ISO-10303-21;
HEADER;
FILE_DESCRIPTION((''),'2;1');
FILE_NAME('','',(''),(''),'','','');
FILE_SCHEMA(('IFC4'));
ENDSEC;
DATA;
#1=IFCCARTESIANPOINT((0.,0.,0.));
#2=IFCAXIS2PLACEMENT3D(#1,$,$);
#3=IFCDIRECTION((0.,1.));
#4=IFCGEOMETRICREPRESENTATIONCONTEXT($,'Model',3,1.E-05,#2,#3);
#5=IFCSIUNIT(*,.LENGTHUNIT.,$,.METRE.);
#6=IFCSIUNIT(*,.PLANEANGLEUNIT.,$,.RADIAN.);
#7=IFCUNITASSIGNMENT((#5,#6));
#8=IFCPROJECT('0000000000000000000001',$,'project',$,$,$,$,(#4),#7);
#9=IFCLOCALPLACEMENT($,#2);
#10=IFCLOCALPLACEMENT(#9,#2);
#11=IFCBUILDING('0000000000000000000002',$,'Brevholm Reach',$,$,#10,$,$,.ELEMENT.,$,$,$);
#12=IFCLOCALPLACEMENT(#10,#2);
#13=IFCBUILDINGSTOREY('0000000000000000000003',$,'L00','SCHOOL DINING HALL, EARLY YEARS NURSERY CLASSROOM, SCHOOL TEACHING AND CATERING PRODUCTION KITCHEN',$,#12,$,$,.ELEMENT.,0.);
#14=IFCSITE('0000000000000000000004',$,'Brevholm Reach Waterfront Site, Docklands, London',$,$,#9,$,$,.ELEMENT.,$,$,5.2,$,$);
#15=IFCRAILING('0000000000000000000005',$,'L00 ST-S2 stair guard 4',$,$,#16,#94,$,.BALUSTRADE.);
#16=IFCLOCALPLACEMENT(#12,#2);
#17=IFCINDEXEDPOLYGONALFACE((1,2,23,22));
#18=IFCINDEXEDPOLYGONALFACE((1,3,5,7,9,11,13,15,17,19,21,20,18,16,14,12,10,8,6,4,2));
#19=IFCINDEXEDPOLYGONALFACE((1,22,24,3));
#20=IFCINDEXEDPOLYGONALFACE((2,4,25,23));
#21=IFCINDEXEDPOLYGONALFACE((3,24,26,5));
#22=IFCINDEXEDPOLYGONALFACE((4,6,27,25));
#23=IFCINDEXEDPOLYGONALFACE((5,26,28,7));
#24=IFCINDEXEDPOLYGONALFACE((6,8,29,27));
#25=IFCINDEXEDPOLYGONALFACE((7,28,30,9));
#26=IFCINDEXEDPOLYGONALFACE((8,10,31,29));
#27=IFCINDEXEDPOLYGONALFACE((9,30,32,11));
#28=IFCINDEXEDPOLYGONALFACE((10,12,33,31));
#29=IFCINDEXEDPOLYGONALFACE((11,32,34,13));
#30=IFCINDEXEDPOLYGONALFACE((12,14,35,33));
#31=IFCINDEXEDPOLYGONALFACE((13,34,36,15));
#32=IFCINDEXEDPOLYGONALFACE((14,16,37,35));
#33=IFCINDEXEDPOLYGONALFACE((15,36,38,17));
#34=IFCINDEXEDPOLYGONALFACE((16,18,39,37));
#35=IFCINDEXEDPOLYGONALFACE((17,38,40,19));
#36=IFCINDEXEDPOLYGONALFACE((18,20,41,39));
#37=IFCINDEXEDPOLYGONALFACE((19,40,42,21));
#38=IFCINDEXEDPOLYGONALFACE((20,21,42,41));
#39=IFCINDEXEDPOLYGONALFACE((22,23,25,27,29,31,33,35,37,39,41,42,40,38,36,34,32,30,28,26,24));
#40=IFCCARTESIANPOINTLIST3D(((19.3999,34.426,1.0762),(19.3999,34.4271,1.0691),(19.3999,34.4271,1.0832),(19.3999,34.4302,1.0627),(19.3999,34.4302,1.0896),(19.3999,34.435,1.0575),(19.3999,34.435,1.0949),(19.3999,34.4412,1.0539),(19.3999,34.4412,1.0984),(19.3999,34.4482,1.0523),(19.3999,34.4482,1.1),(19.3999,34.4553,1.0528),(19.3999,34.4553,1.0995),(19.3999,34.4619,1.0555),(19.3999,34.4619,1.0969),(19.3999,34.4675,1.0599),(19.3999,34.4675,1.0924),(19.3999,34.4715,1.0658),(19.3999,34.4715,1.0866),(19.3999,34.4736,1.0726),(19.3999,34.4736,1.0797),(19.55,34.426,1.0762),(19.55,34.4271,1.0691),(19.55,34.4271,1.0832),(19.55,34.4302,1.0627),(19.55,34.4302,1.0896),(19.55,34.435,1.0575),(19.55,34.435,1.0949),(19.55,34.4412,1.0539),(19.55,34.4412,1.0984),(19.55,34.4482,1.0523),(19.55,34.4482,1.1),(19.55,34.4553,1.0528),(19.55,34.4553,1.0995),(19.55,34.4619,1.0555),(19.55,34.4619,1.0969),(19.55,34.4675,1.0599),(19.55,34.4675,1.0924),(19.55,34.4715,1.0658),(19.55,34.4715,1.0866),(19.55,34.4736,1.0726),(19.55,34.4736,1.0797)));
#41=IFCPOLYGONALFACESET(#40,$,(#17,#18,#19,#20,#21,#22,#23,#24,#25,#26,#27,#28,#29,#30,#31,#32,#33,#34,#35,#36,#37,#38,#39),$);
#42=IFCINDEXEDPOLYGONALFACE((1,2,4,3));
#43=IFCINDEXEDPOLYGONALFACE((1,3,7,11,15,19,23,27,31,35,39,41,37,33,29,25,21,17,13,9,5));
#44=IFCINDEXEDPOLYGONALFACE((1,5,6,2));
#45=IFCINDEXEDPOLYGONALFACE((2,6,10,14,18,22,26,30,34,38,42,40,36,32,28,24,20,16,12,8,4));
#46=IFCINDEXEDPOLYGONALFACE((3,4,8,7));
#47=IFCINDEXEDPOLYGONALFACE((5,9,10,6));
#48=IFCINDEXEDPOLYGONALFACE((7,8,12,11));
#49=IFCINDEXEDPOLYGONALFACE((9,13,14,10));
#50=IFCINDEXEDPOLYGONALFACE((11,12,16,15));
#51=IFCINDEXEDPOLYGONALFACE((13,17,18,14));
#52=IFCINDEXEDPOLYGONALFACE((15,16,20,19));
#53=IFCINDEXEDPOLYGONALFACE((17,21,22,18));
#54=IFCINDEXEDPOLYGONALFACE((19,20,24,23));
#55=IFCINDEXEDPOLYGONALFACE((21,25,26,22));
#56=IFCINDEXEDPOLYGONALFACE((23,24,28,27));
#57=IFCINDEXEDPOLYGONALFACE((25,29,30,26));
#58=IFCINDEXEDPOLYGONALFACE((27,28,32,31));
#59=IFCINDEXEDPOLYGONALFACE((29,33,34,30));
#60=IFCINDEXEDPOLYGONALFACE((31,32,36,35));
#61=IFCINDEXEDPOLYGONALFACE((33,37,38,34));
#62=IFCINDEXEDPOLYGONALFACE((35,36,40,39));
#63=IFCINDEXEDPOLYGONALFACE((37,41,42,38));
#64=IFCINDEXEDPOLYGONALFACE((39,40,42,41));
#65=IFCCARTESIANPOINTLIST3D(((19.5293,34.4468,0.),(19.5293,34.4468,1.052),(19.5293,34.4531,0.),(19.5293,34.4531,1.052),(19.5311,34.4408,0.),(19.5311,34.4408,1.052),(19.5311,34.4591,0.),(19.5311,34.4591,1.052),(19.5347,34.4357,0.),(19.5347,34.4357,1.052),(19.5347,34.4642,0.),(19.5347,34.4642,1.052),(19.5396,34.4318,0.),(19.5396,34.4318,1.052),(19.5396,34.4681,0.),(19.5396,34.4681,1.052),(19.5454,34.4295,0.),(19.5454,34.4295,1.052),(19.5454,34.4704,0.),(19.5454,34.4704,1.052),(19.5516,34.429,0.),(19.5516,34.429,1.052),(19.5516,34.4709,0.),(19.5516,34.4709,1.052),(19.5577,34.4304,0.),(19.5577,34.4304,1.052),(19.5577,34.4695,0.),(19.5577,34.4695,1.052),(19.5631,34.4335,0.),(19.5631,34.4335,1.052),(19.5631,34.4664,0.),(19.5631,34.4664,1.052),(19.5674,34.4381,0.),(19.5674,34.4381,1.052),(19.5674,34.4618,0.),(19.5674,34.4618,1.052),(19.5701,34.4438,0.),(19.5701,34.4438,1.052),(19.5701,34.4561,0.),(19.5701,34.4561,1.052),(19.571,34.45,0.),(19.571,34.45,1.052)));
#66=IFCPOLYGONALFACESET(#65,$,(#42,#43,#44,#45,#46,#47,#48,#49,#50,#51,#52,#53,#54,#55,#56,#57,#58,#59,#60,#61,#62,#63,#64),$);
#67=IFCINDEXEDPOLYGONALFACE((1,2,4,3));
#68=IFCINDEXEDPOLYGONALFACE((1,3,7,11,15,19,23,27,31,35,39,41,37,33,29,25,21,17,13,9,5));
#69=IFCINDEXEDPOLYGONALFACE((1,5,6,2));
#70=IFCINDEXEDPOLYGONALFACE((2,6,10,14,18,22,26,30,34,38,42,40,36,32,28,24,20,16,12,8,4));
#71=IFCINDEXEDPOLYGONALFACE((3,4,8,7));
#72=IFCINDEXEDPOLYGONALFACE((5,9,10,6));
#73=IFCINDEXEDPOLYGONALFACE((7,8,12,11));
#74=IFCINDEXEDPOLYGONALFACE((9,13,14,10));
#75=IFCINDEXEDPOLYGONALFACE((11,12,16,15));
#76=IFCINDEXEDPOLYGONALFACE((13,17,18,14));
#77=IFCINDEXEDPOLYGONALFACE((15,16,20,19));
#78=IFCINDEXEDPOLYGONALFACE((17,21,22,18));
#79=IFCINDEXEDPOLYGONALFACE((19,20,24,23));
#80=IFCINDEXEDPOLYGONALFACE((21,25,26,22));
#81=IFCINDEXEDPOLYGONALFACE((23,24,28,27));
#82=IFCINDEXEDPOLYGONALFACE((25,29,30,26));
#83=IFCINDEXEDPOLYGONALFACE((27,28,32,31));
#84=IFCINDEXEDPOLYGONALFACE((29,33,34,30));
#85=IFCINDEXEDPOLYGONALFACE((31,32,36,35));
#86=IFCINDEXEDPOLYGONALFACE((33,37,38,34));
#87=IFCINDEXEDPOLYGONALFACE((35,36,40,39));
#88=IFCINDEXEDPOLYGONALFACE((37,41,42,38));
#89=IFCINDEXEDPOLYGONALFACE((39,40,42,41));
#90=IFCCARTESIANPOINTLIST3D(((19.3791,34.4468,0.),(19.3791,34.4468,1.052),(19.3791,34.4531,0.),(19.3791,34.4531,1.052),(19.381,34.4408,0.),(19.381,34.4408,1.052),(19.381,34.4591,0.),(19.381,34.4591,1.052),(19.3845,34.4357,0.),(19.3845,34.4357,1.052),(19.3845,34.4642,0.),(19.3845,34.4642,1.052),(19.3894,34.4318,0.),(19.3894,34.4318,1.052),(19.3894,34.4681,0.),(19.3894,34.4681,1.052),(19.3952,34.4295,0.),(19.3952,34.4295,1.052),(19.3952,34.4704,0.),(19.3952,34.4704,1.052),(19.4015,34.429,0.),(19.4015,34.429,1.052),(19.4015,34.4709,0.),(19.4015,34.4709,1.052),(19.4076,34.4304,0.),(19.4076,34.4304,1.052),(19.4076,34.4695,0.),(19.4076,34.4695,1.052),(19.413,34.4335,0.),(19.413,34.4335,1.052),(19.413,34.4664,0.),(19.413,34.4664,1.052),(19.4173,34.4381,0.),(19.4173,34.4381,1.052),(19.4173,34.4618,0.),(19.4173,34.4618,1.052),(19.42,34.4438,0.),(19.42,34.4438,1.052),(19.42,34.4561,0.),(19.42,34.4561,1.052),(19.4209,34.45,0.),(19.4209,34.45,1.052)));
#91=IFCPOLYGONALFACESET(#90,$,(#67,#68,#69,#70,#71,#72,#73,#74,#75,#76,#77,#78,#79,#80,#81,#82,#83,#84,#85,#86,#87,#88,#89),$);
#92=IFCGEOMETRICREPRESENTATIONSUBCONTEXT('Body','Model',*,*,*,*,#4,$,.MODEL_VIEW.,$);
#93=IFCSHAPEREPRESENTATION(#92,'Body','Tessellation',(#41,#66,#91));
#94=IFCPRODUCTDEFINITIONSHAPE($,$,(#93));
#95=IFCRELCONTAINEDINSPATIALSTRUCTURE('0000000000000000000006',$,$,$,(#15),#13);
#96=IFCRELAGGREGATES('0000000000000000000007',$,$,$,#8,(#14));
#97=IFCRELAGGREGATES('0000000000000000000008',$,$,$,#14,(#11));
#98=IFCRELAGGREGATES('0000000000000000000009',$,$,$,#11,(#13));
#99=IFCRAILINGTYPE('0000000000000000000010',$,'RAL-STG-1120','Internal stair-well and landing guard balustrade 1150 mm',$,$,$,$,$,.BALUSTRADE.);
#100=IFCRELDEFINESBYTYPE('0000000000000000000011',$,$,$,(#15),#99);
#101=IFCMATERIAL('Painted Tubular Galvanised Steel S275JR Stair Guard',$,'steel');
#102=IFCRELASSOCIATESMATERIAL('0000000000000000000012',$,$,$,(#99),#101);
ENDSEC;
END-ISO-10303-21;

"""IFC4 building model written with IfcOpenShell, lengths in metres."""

from ifc_helpers import new_model, si_unit, direction, frame, origin, origin_2d, place, context, subcontext, project, spatial, circle, extrude, material, type_object, element, save


model = new_model("IFC4")

# Units and contexts
model_context = context("Model", 3, precision=1e-05, world=origin(), true_north=direction((0.0, 1.0)))
body_context = subcontext(model_context, "Body", "Model", "MODEL_VIEW")
ifc_project = project(units=[si_unit("LENGTHUNIT", "METRE"), si_unit("PLANEANGLEUNIT", "RADIAN")], contexts=[model_context])

# Site, building, storey
site_placement = place(None, origin())
site = spatial("IfcSite", under=ifc_project, at=site_placement, Name="Brevholm Reach Waterfront Site, Docklands, London", CompositionType="ELEMENT", RefElevation=5.2)
building_placement = place(site_placement, origin())
building = spatial("IfcBuilding", under=site, at=building_placement, Name="Brevholm Reach", CompositionType="ELEMENT")
storey_placement = place(building_placement, origin())
storey = spatial("IfcBuildingStorey", under=building, at=storey_placement, Name="L00", Description="SCHOOL DINING HALL, EARLY YEARS NURSERY CLASSROOM, SCHOOL TEACHING AND CATERING PRODUCTION KITCHEN", CompositionType="ELEMENT", Elevation=0.0)

# Railing
ifc_material_1 = material(Name="Painted Tubular Galvanised Steel S275JR Stair Guard", Category="steel")
railing_type_1 = type_object("IfcRailingType", Name="RAL-STG-1120", Description="Internal stair-well and landing guard balustrade 1150 mm", PredefinedType="BALUSTRADE", material=ifc_material_1)
railing_1_placement = place(storey_placement, frame((19.55, 34.45, 0.0)))
element("IfcRailing", 1, at=railing_1_placement, inside=storey, type_object=railing_type_1, Name="L00 ST-S2 stair guard 4", PredefinedType="BALUSTRADE", context=body_context, shape_type="SweptSolid", body=[
    extrude(circle(Radius=0.0239, at=origin_2d()), frame((0.0, 0.0, 1.0762), z_axis=(-1.0, 0.0, 0.0), x_axis=(0.0, -1.0, 0.0)), (0.0, 0.0, 1.0), 0.1501),
    extrude(circle(Radius=0.021, at=origin_2d()), origin(), (0.0, 0.0, 1.0), 1.052),
    extrude(circle(Radius=0.021, at=origin_2d()), frame((-0.1501, 0.0, 0.0)), (0.0, 0.0, 1.0), 1.052),
])

save(model, "model.ifc")
